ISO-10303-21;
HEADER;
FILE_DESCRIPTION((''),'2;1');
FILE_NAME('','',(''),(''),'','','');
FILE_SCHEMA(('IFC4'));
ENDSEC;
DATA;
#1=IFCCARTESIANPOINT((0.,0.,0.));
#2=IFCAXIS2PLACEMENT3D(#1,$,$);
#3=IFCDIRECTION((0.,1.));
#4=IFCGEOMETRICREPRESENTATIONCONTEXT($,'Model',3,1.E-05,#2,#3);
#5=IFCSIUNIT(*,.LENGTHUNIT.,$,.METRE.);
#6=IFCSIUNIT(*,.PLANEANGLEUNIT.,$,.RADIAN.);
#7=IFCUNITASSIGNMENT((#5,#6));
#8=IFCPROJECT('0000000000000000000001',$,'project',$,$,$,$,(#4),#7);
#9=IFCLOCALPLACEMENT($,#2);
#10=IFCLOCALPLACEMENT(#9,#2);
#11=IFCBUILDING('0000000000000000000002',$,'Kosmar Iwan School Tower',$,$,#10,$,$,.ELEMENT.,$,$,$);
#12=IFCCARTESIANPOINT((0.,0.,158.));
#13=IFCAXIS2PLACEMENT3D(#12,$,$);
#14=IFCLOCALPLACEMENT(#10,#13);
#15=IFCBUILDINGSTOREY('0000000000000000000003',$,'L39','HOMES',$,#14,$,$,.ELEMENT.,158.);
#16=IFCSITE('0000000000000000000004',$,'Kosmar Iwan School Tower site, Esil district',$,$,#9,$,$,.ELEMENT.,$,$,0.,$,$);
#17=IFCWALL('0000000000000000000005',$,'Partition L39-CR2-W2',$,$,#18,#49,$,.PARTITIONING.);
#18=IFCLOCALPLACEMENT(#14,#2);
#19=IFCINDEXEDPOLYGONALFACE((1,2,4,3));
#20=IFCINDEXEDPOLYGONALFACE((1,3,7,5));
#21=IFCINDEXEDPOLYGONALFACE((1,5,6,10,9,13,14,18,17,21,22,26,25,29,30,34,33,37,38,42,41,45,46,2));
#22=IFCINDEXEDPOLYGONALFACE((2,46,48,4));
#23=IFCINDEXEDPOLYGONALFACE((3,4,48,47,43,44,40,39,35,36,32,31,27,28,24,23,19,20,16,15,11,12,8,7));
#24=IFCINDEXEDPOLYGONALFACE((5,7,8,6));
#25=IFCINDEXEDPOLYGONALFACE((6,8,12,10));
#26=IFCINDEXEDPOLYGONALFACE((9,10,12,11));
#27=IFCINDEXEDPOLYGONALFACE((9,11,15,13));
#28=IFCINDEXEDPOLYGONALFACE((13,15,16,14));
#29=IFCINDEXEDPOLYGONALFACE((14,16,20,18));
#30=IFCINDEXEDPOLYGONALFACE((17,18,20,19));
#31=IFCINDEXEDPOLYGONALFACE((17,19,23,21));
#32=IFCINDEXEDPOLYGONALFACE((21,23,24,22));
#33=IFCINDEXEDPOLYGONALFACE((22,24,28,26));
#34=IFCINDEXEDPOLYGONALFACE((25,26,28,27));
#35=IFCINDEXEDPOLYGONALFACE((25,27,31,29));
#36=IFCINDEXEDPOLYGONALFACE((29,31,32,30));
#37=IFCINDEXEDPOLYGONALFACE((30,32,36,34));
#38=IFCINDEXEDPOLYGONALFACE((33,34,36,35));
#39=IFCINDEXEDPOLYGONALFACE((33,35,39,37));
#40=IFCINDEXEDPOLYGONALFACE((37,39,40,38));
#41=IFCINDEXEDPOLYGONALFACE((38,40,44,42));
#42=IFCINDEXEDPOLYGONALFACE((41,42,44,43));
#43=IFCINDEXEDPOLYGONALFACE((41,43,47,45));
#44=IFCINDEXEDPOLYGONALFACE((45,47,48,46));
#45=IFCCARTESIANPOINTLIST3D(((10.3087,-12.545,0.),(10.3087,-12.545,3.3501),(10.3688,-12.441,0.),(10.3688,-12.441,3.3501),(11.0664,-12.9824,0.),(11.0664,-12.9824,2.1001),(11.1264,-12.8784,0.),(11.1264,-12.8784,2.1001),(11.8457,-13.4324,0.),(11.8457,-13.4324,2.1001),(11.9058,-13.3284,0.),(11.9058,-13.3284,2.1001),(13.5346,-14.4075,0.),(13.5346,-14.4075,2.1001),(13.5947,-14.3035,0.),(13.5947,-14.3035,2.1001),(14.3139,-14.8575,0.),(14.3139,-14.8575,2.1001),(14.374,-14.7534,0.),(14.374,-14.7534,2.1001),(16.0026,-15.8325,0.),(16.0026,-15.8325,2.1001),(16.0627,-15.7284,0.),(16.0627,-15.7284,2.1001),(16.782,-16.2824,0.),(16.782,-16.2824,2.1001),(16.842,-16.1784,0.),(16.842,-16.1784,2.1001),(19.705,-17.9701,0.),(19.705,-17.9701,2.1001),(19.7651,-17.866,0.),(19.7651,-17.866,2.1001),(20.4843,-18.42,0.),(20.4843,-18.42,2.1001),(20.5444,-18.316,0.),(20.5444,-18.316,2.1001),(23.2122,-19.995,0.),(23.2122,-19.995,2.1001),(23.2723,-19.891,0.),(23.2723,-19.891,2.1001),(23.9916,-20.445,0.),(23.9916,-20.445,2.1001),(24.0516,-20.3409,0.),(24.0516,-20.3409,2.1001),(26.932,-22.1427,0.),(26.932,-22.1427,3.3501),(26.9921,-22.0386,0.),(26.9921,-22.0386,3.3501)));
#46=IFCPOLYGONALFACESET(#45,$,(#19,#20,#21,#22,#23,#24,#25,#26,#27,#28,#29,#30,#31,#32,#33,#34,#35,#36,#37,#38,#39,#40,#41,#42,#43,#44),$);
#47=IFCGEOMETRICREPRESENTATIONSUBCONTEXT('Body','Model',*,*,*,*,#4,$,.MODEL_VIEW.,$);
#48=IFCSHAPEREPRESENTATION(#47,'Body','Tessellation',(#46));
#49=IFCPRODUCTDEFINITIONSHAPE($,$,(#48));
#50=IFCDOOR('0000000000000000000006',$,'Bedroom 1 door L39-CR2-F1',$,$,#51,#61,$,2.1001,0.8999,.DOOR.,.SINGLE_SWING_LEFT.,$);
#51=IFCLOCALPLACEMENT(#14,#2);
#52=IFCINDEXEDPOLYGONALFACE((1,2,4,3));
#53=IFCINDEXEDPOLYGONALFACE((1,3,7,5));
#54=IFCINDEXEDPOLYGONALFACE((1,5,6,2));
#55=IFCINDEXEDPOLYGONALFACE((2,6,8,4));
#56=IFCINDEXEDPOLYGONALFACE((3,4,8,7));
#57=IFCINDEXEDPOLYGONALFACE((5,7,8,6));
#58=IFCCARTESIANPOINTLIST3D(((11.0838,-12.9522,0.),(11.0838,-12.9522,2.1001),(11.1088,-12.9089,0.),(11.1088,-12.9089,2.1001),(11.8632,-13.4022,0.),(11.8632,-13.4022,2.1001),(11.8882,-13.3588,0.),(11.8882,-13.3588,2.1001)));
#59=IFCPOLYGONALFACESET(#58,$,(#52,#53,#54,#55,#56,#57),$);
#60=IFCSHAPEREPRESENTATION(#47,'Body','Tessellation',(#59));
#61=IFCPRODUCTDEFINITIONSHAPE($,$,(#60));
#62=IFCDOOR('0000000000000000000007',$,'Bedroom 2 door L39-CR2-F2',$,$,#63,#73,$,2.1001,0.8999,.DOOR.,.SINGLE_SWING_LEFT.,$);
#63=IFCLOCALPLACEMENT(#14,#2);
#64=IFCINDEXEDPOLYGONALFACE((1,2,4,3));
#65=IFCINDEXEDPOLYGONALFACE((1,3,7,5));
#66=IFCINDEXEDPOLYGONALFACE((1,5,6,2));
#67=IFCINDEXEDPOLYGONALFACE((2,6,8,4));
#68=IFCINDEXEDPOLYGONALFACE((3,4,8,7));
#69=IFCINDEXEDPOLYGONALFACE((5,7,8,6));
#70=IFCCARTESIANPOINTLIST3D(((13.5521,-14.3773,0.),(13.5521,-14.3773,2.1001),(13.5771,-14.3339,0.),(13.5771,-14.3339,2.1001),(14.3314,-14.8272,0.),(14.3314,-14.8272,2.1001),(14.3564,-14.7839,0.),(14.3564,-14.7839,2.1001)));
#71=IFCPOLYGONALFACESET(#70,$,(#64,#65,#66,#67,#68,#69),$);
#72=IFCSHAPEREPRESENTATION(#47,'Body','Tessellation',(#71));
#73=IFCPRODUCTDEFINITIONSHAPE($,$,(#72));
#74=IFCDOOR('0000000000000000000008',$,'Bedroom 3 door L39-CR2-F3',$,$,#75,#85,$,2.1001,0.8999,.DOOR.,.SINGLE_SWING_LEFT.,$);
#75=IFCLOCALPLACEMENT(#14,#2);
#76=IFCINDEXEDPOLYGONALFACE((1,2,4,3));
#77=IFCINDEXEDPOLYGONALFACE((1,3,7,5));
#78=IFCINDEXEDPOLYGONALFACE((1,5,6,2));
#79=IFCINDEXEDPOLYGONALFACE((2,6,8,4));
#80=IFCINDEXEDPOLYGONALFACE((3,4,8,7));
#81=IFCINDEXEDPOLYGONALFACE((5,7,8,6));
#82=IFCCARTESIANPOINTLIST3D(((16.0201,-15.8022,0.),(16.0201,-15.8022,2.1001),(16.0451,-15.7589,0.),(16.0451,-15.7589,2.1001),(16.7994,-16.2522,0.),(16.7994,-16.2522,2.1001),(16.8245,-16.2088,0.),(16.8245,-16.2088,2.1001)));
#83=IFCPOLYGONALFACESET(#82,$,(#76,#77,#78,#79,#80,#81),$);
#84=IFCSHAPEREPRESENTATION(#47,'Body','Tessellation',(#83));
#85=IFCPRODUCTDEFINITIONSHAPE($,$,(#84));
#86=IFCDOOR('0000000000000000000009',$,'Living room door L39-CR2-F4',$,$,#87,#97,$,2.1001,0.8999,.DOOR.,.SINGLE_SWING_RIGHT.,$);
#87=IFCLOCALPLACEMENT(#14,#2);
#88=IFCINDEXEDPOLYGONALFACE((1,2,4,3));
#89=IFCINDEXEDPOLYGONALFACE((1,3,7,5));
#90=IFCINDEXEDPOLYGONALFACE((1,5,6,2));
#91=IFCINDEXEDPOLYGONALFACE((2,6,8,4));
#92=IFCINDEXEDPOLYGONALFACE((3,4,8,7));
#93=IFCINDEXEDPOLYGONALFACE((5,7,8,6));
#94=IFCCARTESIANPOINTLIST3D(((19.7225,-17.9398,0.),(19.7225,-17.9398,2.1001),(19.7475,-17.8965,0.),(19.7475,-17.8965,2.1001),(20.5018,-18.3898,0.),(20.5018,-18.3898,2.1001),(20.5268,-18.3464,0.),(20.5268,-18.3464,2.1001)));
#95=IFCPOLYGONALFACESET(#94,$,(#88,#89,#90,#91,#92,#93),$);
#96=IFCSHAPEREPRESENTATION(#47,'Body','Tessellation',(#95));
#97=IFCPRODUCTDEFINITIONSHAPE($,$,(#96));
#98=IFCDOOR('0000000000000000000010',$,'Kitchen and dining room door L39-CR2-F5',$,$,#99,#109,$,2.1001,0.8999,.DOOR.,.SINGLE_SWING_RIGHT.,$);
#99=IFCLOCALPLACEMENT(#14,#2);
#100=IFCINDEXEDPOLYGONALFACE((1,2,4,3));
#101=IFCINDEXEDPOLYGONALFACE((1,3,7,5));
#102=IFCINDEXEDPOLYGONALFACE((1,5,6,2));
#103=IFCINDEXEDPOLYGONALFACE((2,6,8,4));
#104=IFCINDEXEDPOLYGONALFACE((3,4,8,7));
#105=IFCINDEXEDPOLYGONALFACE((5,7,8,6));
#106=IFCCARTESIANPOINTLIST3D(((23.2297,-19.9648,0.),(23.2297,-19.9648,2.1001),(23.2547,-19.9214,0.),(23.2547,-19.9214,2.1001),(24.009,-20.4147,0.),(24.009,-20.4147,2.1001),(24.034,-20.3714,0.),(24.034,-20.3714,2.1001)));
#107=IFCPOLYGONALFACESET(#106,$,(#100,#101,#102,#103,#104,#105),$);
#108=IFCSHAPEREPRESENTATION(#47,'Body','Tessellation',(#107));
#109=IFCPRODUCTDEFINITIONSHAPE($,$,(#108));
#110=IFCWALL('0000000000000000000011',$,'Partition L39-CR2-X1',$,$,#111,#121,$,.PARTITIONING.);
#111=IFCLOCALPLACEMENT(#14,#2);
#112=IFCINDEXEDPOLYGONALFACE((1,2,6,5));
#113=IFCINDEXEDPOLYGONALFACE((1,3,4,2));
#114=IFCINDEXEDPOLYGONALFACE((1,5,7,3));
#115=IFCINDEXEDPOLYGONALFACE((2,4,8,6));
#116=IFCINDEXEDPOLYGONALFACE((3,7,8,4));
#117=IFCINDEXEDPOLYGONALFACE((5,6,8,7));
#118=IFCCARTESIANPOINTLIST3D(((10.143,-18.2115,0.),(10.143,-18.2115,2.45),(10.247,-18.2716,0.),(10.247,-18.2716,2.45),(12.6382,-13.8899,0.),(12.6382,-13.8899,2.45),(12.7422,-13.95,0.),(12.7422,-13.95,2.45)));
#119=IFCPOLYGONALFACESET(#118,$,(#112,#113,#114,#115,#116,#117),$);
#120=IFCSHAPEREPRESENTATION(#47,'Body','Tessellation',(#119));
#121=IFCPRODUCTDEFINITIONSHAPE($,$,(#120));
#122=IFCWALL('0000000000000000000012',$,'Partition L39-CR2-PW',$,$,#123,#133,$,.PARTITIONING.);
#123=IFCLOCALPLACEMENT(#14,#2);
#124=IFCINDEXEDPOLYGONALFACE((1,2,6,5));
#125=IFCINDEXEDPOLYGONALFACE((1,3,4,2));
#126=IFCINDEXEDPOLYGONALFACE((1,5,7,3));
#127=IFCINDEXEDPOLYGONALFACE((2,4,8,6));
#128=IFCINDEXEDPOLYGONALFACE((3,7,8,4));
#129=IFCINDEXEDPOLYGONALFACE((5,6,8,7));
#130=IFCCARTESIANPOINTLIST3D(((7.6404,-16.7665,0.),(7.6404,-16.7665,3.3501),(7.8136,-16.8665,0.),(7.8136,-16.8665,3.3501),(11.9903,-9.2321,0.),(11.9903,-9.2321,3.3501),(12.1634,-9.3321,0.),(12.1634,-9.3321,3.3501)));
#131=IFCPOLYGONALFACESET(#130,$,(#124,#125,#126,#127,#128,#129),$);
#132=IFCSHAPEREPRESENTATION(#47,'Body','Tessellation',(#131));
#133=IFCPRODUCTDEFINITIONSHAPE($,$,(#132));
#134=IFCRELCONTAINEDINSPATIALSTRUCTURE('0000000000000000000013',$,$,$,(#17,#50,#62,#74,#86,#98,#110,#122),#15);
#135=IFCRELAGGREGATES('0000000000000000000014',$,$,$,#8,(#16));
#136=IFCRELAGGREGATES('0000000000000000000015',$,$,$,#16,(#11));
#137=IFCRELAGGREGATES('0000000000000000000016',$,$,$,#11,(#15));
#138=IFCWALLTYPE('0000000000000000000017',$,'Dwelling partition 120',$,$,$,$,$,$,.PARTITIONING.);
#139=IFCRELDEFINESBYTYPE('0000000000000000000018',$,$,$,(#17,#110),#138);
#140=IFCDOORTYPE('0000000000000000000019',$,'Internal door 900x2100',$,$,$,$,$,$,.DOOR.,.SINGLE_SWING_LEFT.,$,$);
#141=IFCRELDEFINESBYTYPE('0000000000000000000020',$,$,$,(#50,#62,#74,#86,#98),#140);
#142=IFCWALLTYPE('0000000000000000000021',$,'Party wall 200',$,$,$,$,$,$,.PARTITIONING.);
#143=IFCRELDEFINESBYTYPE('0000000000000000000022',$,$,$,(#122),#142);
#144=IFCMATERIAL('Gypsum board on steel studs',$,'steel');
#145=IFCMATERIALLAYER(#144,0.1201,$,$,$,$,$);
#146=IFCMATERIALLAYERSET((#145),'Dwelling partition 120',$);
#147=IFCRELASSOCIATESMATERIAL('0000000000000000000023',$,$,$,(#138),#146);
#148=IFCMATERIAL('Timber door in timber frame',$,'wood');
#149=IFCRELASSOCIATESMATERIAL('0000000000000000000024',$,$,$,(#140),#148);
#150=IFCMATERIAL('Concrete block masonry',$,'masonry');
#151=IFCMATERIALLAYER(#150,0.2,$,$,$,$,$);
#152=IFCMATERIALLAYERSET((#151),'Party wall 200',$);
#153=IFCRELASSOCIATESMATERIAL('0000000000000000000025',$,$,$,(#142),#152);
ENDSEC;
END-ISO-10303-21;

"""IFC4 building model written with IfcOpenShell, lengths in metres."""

from ifc_helpers import new_model, si_unit, direction, frame, frame_2d, origin, place, context, subcontext, project, spatial, rectangle, extrude, material, layer, layer_set, type_object, element, fill, save


model = new_model("IFC4")

# Units and contexts
model_context = context("Model", 3, precision=1e-05, world=origin(), true_north=direction((0.0, 1.0)))
body_context = subcontext(model_context, "Body", "Model", "MODEL_VIEW")
ifc_project = project(units=[si_unit("LENGTHUNIT", "METRE"), si_unit("PLANEANGLEUNIT", "RADIAN")], contexts=[model_context])

# Site, building, storey
site_placement = place(None, origin())
site = spatial("IfcSite", under=ifc_project, at=site_placement, Name="Kosmar Iwan School Tower site, Esil district", CompositionType="ELEMENT", RefElevation=0.0)
building_placement = place(site_placement, origin())
building = spatial("IfcBuilding", under=site, at=building_placement, Name="Kosmar Iwan School Tower", CompositionType="ELEMENT")
storey_placement = place(building_placement, frame((0.0, 0.0, 158.0)))
storey = spatial("IfcBuildingStorey", under=building, at=storey_placement, Name="L39", Description="HOMES", CompositionType="ELEMENT", Elevation=158.0)

# Shared definitions
ifc_material_1 = material(Name="Gypsum board on steel studs", Category="steel")
ifc_layer_1 = layer(ifc_material_1, 0.1201)
ifc_layer_set_1 = layer_set([ifc_layer_1], Name="Dwelling partition 120")
wall_type_1 = type_object("IfcWallType", Name="Dwelling partition 120", PredefinedType="PARTITIONING", material=ifc_layer_set_1)

# Wall, openings, doors
ifc_material_2 = material(Name="Timber door in timber frame", Category="wood")
door_type_1 = type_object("IfcDoorType", Name="Internal door 900x2100", OperationType="SINGLE_SWING_LEFT", PredefinedType="DOOR", material=ifc_material_2)
wall_1_placement = place(storey_placement, frame((10.3386, -12.4929, 0.0), z_axis=(0.0, 0.0, 1.0), x_axis=(0.866021, -0.500008, 0.0)))
wall_1 = element("IfcWall", 1, at=wall_1_placement, inside=storey, type_object=wall_type_1, Name="Partition L39-CR2-W2", PredefinedType="PARTITIONING", context=body_context, shape_type="SweptSolid", body=[
    extrude(rectangle(XDim=19.1951, YDim=0.1201, at=frame_2d((9.5977, 0.0))), origin(), (0.0, 0.0, 1.0), 3.3501),
])
opening_1_placement = place(wall_1_placement, frame((0.875, 0.0, 0.0)))
opening_1 = element("IfcOpeningElement", 2, at=opening_1_placement, cuts=wall_1, PredefinedType="OPENING", context=body_context, shape_type="SweptSolid", body=[
    extrude(rectangle(XDim=0.8999, YDim=2.1001, at=frame_2d((0.45, 1.05))), frame((0.0, 0.072, 0.0), z_axis=(0.0, -1.0, 0.0), x_axis=(1.0, 0.0, 0.0)), (0.0, 0.0, 1.0), 0.144),
])
opening_2_placement = place(wall_1_placement, frame((3.7251, 0.0, 0.0)))
opening_2 = element("IfcOpeningElement", 3, at=opening_2_placement, cuts=wall_1, PredefinedType="OPENING", context=body_context, shape_type="SweptSolid", body=[
    extrude(rectangle(XDim=0.8999, YDim=2.1001, at=frame_2d((0.45, 1.05))), frame((0.0, 0.072, 0.0), z_axis=(0.0, -1.0, 0.0), x_axis=(1.0, 0.0, 0.0)), (0.0, 0.0, 1.0), 0.144),
])
opening_3_placement = place(wall_1_placement, frame((6.575, 0.0, 0.0)))
opening_3 = element("IfcOpeningElement", 4, at=opening_3_placement, cuts=wall_1, PredefinedType="OPENING", context=body_context, shape_type="SweptSolid", body=[
    extrude(rectangle(XDim=0.8999, YDim=2.1001, at=frame_2d((0.45, 1.05))), frame((0.0, 0.072, 0.0), z_axis=(0.0, -1.0, 0.0), x_axis=(1.0, 0.0, 0.0)), (0.0, 0.0, 1.0), 0.144),
])
opening_4_placement = place(wall_1_placement, frame((10.8501, 0.0, 0.0)))
opening_4 = element("IfcOpeningElement", 5, at=opening_4_placement, cuts=wall_1, PredefinedType="OPENING", context=body_context, shape_type="SweptSolid", body=[
    extrude(rectangle(XDim=0.8999, YDim=2.1001, at=frame_2d((0.45, 1.05))), frame((0.0, 0.072, 0.0), z_axis=(0.0, -1.0, 0.0), x_axis=(1.0, 0.0, 0.0)), (0.0, 0.0, 1.0), 0.144),
])
opening_5_placement = place(wall_1_placement, frame((14.8999, 0.0, 0.0)))
opening_5 = element("IfcOpeningElement", 6, at=opening_5_placement, cuts=wall_1, PredefinedType="OPENING", context=body_context, shape_type="SweptSolid", body=[
    extrude(rectangle(XDim=0.8999, YDim=2.1001, at=frame_2d((0.45, 1.05))), frame((0.0, 0.072, 0.0), z_axis=(0.0, -1.0, 0.0), x_axis=(1.0, 0.0, 0.0)), (0.0, 0.0, 1.0), 0.144),
])
door_1_placement = place(opening_1_placement, origin())
door_1 = element("IfcDoor", 7, at=door_1_placement, inside=storey, type_object=door_type_1, Name="Bedroom 1 door L39-CR2-F1", OperationType="SINGLE_SWING_LEFT", OverallHeight=2.1001, OverallWidth=0.8999, PredefinedType="DOOR", context=body_context, shape_type="SweptSolid", body=[
    extrude(rectangle(XDim=0.8999, YDim=2.1001, at=frame_2d((0.45, 1.05))), frame((0.0, 0.0249, 0.0), z_axis=(0.0, -1.0, 0.0), x_axis=(1.0, 0.0, 0.0)), (0.0, 0.0, 1.0), 0.05),
])
fill(opening_1, door_1)
door_2_placement = place(opening_2_placement, origin())
door_2 = element("IfcDoor", 8, at=door_2_placement, inside=storey, type_object=door_type_1, Name="Bedroom 2 door L39-CR2-F2", OperationType="SINGLE_SWING_LEFT", OverallHeight=2.1001, OverallWidth=0.8999, PredefinedType="DOOR", context=body_context, shape_type="SweptSolid", body=[
    extrude(rectangle(XDim=0.8999, YDim=2.1001, at=frame_2d((0.45, 1.05))), frame((0.0, 0.0249, 0.0), z_axis=(0.0, -1.0, 0.0), x_axis=(1.0, 0.0, 0.0)), (0.0, 0.0, 1.0), 0.05),
])
fill(opening_2, door_2)
door_3_placement = place(opening_3_placement, origin())
door_3 = element("IfcDoor", 9, at=door_3_placement, inside=storey, type_object=door_type_1, Name="Bedroom 3 door L39-CR2-F3", OperationType="SINGLE_SWING_LEFT", OverallHeight=2.1001, OverallWidth=0.8999, PredefinedType="DOOR", context=body_context, shape_type="SweptSolid", body=[
    extrude(rectangle(XDim=0.8999, YDim=2.1001, at=frame_2d((0.45, 1.05))), frame((0.0, 0.0249, 0.0), z_axis=(0.0, -1.0, 0.0), x_axis=(1.0, 0.0, 0.0)), (0.0, 0.0, 1.0), 0.05),
])
fill(opening_3, door_3)
door_4_placement = place(opening_4_placement, origin())
door_4 = element("IfcDoor", 10, at=door_4_placement, inside=storey, type_object=door_type_1, Name="Living room door L39-CR2-F4", OperationType="SINGLE_SWING_RIGHT", OverallHeight=2.1001, OverallWidth=0.8999, PredefinedType="DOOR", context=body_context, shape_type="SweptSolid", body=[
    extrude(rectangle(XDim=0.8999, YDim=2.1001, at=frame_2d((0.45, 1.05))), frame((0.0, 0.0249, 0.0), z_axis=(0.0, -1.0, 0.0), x_axis=(1.0, 0.0, 0.0)), (0.0, 0.0, 1.0), 0.05),
])
fill(opening_4, door_4)
door_5_placement = place(opening_5_placement, origin())
door_5 = element("IfcDoor", 11, at=door_5_placement, inside=storey, type_object=door_type_1, Name="Kitchen and dining room door L39-CR2-F5", OperationType="SINGLE_SWING_RIGHT", OverallHeight=2.1001, OverallWidth=0.8999, PredefinedType="DOOR", context=body_context, shape_type="SweptSolid", body=[
    extrude(rectangle(XDim=0.8999, YDim=2.1001, at=frame_2d((0.45, 1.05))), frame((0.0, 0.0249, 0.0), z_axis=(0.0, -1.0, 0.0), x_axis=(1.0, 0.0, 0.0)), (0.0, 0.0, 1.0), 0.05),
])
fill(opening_5, door_5)

# Walls
wall_2_placement = place(storey_placement, frame((12.6902, -13.9199, 0.0), z_axis=(0.0, 0.0, 1.0), x_axis=(-0.500012, -0.866019, 0.0)))
element("IfcWall", 12, at=wall_2_placement, inside=storey, type_object=wall_type_1, Name="Partition L39-CR2-X1", PredefinedType="PARTITIONING", context=body_context, shape_type="SweptSolid", body=[
    extrude(rectangle(XDim=4.9902, YDim=0.1201, at=frame_2d((2.4951, 0.0))), origin(), (0.0, 0.0, 1.0), 2.45),
])
ifc_material_3 = material(Name="Concrete block masonry", Category="masonry")
ifc_layer_2 = layer(ifc_material_3, 0.2)
ifc_layer_set_2 = layer_set([ifc_layer_2], Name="Party wall 200")
wall_type_2 = type_object("IfcWallType", Name="Party wall 200", PredefinedType="PARTITIONING", material=ifc_layer_set_2)
wall_3_placement = place(storey_placement, frame((12.0769, -9.282, 0.0), z_axis=(0.0, 0.0, 1.0), x_axis=(-0.499987, -0.866033, 0.0)))
element("IfcWall", 13, at=wall_3_placement, inside=storey, type_object=wall_type_2, Name="Partition L39-CR2-PW", PredefinedType="PARTITIONING", context=body_context, shape_type="SweptSolid", body=[
    extrude(rectangle(XDim=8.7, YDim=0.2, at=frame_2d((4.3501, 0.0))), origin(), (0.0, 0.0, 1.0), 3.3501),
])

save(model, "model.ifc")
